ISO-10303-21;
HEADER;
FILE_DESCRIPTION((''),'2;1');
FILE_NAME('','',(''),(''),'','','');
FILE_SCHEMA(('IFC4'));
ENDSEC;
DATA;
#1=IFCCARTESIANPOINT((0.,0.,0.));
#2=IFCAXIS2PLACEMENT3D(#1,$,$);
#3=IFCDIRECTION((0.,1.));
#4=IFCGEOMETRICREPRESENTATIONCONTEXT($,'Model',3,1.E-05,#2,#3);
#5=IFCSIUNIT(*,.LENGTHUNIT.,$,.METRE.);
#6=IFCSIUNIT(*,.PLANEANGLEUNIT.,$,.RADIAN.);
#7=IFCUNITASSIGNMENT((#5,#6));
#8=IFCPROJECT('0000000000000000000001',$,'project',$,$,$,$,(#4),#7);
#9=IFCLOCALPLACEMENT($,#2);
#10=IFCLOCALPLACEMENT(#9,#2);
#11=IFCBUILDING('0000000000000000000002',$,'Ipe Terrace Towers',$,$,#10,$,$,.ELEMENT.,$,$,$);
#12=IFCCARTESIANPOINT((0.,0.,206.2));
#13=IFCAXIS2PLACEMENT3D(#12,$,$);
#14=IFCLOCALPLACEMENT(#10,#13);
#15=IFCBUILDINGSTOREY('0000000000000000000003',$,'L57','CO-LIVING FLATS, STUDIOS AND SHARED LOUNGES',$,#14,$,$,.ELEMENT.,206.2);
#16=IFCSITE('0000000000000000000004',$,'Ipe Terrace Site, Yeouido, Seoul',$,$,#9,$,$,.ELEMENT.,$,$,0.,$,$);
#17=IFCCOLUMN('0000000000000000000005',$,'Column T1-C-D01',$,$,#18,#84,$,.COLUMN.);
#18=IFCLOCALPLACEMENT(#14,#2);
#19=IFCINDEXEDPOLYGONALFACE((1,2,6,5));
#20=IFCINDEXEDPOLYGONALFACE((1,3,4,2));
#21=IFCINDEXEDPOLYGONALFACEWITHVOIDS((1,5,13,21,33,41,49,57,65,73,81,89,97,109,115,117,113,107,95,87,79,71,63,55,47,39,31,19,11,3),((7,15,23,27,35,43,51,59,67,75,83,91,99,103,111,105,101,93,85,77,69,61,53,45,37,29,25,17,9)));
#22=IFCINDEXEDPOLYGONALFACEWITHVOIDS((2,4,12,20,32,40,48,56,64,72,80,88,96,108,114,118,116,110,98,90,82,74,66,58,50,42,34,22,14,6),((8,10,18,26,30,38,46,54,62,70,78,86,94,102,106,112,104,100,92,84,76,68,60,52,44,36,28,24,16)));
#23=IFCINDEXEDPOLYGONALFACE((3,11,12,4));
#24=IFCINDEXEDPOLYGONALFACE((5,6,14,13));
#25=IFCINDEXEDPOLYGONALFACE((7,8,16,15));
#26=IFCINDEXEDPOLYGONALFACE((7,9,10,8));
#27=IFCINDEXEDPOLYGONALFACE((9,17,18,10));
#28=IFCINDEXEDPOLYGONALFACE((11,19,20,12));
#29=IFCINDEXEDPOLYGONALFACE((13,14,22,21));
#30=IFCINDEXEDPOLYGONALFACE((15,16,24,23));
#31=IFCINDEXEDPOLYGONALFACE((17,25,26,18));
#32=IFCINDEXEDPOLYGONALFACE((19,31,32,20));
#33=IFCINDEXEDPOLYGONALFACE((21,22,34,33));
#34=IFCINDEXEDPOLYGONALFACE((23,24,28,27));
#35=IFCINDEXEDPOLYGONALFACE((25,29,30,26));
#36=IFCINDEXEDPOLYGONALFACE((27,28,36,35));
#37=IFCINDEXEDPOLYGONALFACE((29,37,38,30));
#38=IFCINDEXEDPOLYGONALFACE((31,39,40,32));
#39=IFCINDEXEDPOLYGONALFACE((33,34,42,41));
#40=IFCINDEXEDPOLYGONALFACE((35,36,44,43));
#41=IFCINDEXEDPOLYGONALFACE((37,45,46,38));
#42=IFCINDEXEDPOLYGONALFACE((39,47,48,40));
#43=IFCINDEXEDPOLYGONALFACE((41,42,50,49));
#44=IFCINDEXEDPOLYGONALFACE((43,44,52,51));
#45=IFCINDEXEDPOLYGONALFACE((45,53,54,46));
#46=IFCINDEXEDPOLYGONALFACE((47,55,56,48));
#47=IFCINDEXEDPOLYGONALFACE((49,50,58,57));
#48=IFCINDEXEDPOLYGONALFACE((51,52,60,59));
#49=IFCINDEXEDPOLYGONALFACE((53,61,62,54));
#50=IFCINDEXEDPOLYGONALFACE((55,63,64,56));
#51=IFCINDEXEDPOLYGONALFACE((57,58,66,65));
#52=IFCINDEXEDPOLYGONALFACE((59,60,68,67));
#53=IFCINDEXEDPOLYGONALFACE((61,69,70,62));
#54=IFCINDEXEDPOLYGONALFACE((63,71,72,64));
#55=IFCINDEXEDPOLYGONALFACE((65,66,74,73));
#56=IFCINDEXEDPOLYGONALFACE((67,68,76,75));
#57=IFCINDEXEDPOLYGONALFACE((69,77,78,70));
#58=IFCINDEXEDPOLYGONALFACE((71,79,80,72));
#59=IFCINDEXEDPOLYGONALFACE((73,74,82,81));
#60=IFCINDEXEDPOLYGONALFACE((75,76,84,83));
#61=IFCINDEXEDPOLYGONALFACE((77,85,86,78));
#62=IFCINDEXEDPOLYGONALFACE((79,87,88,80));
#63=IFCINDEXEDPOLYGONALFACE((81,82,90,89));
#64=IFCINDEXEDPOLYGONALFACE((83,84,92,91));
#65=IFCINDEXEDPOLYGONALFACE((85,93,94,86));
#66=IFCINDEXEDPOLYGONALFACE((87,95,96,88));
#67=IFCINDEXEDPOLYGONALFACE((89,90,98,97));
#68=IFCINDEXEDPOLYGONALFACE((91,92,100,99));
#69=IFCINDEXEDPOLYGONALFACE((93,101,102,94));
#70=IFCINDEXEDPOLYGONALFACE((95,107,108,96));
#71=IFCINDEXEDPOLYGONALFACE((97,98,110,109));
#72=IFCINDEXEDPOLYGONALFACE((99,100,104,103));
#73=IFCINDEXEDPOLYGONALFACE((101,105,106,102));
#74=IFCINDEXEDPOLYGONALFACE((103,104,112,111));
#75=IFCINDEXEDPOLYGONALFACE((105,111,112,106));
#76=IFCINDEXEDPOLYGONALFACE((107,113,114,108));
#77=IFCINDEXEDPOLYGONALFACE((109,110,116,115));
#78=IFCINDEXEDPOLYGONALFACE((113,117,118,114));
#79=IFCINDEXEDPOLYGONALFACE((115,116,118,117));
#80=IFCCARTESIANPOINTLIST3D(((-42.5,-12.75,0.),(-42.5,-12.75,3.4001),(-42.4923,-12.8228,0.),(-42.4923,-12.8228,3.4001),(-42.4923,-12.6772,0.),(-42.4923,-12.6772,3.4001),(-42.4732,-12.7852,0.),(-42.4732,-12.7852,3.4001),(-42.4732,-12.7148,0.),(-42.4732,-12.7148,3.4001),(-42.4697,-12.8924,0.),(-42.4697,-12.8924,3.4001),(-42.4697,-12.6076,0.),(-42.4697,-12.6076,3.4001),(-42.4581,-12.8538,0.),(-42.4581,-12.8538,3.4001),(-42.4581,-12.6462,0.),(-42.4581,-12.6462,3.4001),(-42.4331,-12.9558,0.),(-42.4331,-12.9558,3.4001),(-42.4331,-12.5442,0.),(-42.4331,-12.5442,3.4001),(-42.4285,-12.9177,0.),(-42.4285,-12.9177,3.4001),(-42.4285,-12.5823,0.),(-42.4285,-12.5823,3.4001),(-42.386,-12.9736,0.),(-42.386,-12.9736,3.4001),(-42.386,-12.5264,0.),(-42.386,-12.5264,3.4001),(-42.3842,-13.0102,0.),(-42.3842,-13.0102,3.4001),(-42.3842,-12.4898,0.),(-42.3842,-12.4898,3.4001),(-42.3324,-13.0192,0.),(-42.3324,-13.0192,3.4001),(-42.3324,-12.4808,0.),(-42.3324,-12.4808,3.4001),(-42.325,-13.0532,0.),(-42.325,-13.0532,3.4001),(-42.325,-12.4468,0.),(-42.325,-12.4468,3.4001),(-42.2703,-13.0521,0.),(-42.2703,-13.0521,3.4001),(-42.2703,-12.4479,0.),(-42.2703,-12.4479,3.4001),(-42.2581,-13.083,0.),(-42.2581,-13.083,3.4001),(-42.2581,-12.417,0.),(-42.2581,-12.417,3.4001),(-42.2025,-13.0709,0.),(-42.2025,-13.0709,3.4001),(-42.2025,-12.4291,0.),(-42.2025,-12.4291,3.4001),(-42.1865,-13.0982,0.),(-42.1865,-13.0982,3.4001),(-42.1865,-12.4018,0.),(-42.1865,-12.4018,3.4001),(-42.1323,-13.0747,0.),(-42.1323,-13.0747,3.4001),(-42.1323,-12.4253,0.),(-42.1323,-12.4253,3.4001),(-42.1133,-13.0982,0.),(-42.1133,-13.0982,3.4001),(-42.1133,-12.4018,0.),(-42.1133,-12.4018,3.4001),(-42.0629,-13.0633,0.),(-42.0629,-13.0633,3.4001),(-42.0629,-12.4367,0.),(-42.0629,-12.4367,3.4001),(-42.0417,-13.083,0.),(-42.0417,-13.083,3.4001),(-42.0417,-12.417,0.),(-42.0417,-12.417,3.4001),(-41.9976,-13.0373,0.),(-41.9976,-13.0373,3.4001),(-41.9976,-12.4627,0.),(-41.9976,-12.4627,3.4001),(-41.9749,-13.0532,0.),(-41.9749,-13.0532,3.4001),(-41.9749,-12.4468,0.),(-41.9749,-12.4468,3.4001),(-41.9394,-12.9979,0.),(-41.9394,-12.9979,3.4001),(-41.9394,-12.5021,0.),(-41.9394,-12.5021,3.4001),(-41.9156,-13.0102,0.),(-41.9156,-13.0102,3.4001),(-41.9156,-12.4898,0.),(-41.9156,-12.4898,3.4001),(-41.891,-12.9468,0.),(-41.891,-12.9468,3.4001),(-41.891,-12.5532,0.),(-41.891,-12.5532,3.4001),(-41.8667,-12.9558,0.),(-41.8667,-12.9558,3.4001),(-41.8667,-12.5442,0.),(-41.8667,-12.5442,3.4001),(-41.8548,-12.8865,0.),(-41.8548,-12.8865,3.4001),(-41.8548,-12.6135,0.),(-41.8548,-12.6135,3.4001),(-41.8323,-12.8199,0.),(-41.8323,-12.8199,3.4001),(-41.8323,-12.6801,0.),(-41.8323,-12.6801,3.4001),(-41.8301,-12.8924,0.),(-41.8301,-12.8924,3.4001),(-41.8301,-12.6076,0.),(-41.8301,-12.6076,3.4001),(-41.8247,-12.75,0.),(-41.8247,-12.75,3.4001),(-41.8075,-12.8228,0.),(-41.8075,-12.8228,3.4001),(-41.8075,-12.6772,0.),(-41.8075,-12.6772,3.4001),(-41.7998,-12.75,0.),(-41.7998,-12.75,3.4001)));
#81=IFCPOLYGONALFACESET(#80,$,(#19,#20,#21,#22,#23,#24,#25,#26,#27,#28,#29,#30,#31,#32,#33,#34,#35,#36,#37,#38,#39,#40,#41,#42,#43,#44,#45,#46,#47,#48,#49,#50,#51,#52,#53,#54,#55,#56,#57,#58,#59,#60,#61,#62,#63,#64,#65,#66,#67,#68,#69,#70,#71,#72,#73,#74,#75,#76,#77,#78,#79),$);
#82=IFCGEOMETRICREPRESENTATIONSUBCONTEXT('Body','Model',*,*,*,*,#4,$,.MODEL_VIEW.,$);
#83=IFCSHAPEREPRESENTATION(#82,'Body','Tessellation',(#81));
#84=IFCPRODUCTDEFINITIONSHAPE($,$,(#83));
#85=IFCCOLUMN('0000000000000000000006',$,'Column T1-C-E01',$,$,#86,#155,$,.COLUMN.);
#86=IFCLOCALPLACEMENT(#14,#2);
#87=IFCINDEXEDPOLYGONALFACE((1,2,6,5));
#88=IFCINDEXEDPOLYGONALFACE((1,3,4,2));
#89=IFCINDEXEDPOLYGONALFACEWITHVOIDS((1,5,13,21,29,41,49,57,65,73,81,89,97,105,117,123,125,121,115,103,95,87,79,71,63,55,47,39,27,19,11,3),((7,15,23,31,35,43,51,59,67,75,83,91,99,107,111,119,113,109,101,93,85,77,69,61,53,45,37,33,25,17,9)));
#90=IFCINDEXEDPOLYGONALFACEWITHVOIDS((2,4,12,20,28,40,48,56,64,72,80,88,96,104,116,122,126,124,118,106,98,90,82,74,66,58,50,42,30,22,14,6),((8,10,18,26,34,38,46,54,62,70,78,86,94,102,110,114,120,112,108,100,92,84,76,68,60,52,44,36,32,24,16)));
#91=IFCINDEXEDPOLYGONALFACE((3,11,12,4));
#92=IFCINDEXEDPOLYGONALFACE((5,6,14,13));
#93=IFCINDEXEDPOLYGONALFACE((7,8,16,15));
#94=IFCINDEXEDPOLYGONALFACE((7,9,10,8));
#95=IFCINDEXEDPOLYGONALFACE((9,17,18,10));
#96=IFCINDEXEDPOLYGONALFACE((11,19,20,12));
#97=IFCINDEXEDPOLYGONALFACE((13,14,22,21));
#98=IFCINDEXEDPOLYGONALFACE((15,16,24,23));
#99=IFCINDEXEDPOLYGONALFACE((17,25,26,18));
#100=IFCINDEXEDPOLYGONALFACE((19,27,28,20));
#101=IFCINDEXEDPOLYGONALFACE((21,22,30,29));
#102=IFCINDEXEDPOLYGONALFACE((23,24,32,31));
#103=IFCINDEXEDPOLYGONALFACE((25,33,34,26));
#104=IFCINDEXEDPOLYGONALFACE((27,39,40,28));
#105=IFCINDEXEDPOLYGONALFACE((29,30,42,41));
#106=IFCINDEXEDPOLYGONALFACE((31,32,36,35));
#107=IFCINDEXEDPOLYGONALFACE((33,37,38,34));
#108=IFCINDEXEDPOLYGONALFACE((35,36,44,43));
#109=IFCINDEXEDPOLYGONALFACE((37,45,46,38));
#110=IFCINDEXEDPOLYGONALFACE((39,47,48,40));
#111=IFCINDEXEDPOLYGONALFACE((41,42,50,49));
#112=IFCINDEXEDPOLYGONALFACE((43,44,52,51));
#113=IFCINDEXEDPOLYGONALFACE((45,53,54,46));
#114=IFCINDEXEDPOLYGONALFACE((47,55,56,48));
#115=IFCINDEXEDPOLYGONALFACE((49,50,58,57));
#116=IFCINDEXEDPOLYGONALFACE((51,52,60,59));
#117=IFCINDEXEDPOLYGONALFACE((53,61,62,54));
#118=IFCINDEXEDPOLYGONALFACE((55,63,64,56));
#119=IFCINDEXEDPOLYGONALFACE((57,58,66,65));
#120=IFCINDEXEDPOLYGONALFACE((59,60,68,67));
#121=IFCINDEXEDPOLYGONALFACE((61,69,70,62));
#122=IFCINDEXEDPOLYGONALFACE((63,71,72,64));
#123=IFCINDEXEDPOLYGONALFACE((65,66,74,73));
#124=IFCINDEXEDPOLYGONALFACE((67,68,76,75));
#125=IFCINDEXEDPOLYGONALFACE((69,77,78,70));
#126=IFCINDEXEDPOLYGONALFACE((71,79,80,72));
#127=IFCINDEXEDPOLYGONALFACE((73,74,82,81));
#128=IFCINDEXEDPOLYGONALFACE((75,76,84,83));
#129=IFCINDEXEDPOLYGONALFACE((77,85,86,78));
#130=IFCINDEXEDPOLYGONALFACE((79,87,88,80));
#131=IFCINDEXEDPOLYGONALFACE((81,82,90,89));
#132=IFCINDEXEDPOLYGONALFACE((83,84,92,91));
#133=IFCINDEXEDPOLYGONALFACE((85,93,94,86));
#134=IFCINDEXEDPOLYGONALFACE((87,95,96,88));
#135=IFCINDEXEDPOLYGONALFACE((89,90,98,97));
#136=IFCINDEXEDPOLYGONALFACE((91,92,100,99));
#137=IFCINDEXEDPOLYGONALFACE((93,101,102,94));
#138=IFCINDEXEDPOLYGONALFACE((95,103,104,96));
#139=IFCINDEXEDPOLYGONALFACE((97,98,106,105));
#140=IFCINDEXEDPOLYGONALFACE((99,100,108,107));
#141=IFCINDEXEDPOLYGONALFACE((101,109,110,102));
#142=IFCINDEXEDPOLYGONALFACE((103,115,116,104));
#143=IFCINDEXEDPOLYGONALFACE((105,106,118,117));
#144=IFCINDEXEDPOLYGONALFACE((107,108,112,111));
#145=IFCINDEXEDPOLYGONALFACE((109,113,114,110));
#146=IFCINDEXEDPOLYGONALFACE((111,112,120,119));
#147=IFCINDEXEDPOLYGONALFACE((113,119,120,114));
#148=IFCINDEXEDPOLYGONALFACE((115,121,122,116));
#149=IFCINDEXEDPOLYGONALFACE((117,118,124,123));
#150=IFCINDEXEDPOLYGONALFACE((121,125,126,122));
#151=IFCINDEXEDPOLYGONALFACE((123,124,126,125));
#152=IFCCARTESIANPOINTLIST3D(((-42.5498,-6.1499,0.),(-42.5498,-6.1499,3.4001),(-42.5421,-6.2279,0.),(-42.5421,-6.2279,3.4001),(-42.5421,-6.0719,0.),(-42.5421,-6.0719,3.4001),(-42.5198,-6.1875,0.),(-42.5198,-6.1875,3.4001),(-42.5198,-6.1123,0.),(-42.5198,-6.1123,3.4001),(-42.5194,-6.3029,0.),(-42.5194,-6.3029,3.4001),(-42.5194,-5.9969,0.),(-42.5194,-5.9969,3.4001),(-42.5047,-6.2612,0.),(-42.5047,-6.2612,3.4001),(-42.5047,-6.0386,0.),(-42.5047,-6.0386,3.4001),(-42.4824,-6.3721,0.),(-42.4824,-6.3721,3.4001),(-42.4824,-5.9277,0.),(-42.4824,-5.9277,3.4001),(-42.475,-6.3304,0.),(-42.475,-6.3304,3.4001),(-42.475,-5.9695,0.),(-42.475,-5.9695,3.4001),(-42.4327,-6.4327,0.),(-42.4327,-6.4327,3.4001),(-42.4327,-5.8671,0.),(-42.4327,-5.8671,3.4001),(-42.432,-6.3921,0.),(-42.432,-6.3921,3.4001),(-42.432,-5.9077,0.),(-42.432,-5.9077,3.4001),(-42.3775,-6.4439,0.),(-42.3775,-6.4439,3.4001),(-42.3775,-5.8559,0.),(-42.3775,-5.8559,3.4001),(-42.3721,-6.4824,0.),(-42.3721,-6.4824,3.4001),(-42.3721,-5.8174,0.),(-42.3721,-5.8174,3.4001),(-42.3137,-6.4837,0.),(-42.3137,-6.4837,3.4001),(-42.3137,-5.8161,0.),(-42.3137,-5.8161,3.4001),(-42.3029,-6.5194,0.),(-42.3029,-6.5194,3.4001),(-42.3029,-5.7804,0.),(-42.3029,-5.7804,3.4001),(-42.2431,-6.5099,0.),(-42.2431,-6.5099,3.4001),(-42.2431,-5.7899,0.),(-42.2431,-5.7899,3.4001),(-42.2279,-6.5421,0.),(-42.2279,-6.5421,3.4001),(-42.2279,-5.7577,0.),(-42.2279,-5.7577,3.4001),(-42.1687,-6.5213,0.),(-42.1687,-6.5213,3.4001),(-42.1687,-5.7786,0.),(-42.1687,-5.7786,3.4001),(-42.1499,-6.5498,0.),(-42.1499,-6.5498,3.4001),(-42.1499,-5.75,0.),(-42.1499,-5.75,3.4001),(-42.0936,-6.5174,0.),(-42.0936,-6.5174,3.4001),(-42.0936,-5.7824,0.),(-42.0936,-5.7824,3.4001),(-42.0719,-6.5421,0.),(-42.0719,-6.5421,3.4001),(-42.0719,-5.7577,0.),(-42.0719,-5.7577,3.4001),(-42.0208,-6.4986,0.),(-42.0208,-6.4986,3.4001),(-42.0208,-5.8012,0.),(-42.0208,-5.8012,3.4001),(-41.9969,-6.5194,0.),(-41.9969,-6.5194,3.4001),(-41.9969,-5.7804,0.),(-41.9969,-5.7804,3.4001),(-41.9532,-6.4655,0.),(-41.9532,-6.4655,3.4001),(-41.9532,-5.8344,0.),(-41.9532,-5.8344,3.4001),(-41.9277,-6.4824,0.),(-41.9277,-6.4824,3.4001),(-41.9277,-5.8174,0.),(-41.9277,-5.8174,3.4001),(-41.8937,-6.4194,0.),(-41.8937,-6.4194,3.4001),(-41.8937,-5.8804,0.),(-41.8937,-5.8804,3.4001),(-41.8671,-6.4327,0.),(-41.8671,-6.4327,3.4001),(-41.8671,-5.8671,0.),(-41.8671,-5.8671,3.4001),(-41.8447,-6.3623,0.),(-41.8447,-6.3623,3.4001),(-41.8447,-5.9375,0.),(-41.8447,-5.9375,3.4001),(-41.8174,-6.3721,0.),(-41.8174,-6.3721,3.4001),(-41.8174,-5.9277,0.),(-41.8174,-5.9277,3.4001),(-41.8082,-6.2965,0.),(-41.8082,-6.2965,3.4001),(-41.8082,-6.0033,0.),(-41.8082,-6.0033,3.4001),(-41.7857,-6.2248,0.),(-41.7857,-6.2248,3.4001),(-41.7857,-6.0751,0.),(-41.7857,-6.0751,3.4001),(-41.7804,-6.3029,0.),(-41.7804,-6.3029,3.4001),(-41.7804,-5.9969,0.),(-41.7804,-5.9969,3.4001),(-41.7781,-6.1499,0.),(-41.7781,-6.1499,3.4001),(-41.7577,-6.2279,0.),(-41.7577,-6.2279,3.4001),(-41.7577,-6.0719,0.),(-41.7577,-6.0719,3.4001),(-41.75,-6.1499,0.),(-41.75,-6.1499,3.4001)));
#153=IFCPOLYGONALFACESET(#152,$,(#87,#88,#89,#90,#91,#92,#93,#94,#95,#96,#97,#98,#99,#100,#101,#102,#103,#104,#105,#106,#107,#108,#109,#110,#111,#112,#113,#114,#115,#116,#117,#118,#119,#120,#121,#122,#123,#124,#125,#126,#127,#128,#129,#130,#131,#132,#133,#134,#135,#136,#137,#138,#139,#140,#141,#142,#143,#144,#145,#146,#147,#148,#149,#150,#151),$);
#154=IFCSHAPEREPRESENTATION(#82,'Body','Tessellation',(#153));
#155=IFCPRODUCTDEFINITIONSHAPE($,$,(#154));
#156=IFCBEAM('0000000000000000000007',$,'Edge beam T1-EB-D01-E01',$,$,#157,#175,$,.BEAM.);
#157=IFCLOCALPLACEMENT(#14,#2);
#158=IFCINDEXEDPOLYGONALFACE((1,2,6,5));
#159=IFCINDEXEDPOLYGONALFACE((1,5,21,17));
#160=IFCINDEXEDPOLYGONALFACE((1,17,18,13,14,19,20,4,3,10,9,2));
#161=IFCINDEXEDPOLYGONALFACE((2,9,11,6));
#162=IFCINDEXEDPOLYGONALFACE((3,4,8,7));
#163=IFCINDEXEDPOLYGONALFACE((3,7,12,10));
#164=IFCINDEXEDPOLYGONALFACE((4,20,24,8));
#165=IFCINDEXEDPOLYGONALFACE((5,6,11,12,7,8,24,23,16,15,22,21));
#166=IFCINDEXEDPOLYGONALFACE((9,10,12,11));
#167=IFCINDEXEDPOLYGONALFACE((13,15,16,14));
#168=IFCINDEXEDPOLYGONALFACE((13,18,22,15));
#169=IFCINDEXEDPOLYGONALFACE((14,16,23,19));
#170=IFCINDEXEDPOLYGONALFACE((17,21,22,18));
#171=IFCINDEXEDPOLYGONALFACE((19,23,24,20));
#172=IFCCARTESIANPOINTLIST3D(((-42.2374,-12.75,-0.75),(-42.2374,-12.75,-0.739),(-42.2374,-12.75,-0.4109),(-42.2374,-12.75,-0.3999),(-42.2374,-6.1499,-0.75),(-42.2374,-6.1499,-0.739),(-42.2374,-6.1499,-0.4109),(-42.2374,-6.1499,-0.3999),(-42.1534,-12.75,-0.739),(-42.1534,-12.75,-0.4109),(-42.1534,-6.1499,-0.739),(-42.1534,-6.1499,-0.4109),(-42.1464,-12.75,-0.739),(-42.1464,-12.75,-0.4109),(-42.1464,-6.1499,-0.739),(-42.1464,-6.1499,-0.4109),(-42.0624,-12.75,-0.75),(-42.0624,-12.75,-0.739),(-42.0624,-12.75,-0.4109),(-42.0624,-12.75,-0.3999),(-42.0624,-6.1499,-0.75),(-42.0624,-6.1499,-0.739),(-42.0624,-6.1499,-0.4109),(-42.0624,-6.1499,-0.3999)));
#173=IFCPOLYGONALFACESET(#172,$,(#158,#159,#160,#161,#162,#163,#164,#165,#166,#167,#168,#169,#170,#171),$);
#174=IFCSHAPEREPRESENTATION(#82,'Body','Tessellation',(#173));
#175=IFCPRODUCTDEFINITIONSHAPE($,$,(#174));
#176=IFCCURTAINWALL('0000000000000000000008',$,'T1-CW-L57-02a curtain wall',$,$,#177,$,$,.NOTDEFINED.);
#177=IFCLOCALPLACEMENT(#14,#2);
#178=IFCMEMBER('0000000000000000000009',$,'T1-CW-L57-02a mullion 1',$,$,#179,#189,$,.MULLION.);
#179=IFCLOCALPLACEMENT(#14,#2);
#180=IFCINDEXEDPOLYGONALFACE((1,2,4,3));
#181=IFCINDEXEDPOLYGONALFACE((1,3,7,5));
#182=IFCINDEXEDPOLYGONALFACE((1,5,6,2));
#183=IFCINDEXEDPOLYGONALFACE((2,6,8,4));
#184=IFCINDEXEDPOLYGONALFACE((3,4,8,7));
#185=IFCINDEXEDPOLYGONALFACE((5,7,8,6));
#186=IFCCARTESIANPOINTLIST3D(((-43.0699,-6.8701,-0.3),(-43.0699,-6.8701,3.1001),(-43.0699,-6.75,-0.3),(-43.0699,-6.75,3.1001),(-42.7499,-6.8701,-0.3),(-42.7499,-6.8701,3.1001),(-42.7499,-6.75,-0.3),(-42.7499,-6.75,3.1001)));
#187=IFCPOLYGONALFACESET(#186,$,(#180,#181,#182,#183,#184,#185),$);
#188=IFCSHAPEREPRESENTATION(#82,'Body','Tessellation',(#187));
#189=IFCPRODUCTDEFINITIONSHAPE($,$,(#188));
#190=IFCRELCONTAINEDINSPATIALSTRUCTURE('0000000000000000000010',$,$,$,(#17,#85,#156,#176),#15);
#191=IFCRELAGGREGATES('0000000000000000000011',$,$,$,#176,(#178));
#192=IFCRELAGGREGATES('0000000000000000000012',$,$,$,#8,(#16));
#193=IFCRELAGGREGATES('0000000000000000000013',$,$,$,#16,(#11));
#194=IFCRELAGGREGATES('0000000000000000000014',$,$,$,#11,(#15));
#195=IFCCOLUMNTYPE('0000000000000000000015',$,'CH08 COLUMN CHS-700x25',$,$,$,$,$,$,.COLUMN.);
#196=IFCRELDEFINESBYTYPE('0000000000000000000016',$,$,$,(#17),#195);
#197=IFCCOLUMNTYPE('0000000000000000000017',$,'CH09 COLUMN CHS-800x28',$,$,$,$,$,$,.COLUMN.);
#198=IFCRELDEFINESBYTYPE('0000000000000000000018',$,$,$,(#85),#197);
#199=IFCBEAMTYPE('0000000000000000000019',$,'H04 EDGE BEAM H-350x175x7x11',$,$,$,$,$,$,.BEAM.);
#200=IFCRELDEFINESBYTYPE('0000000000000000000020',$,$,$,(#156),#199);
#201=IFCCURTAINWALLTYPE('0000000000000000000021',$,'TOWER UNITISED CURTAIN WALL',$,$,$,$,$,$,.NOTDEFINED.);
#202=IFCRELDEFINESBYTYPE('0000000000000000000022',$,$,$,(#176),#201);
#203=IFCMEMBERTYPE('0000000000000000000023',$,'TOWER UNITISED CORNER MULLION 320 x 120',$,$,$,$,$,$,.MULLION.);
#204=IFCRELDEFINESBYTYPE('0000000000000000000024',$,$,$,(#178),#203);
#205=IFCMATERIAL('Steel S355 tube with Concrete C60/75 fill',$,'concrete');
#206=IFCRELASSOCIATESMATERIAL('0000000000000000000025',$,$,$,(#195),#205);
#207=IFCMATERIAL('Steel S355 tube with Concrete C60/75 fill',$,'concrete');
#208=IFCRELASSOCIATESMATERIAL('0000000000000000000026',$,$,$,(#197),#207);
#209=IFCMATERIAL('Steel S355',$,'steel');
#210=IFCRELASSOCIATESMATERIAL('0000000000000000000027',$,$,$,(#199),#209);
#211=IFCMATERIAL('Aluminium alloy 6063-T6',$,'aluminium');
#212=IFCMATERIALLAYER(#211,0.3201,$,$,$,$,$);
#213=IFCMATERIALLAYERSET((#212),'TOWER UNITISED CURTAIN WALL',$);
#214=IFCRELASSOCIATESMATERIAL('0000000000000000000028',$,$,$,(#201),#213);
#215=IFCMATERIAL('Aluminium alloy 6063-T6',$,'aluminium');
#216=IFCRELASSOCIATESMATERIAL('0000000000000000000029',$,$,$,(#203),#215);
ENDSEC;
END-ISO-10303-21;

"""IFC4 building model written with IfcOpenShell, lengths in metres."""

from ifc_helpers import new_model, si_unit, direction, frame, origin, origin_2d, place, context, subcontext, project, spatial, rectangle, hollow_circle, i_section, extrude, material, layer, layer_set, material_profile, profile_set, type_object, element, aggregate, save


model = new_model("IFC4")

# Units and contexts
model_context = context("Model", 3, precision=1e-05, world=origin(), true_north=direction((0.0, 1.0)))
body_context = subcontext(model_context, "Body", "Model", "MODEL_VIEW")
ifc_project = project(units=[si_unit("LENGTHUNIT", "METRE"), si_unit("PLANEANGLEUNIT", "RADIAN")], contexts=[model_context])

# Site, building, storey
site_placement = place(None, origin())
site = spatial("IfcSite", under=ifc_project, at=site_placement, Name="Ipe Terrace Site, Yeouido, Seoul", CompositionType="ELEMENT", RefElevation=0.0)
building_placement = place(site_placement, origin())
building = spatial("IfcBuilding", under=site, at=building_placement, Name="Ipe Terrace Towers", CompositionType="ELEMENT")
storey_placement = place(building_placement, frame((0.0, 0.0, 206.2)))
storey = spatial("IfcBuildingStorey", under=building, at=storey_placement, Name="L57", Description="CO-LIVING FLATS, STUDIOS AND SHARED LOUNGES", CompositionType="ELEMENT", Elevation=206.2)

# Columns
ifc_material_1 = material(Name="Steel S355 tube with Concrete C60/75 fill", Category="concrete")
ifc_material_profile_1 = material_profile(ifc_material_1, hollow_circle(Radius=0.3501, WallThickness=0.0249, at=origin_2d()), Name="CHS-700x25")
ifc_profile_set_1 = profile_set([ifc_material_profile_1], Name="Steel S355 tube with Concrete C60/75 fill")
column_type_1 = type_object("IfcColumnType", Name="CH08 COLUMN CHS-700x25", PredefinedType="COLUMN", material=ifc_profile_set_1)
column_1_placement = place(storey_placement, frame((-42.1499, -12.75, 0.0), z_axis=(0.0, 0.0, 1.0), x_axis=(1.0, 0.0, 0.0)))
element("IfcColumn", 1, at=column_1_placement, inside=storey, type_object=column_type_1, Name="Column T1-C-D01", PredefinedType="COLUMN", context=body_context, shape_type="SweptSolid", body=[
    extrude(hollow_circle(Radius=0.3501, WallThickness=0.0249, at=origin_2d()), origin(), (0.0, 0.0, 1.0), 3.4001),
])
ifc_material_2 = material(Name="Steel S355 tube with Concrete C60/75 fill", Category="concrete")
ifc_material_profile_2 = material_profile(ifc_material_2, hollow_circle(Radius=0.3999, WallThickness=0.0281, at=origin_2d()), Name="CHS-800x28")
ifc_profile_set_2 = profile_set([ifc_material_profile_2], Name="Steel S355 tube with Concrete C60/75 fill")
column_type_2 = type_object("IfcColumnType", Name="CH09 COLUMN CHS-800x28", PredefinedType="COLUMN", material=ifc_profile_set_2)
column_2_placement = place(storey_placement, frame((-42.1499, -6.1499, 0.0), z_axis=(0.0, 0.0, 1.0), x_axis=(1.0, 0.0, 0.0)))
element("IfcColumn", 2, at=column_2_placement, inside=storey, type_object=column_type_2, Name="Column T1-C-E01", PredefinedType="COLUMN", context=body_context, shape_type="SweptSolid", body=[
    extrude(hollow_circle(Radius=0.3999, WallThickness=0.0281, at=origin_2d()), origin(), (0.0, 0.0, 1.0), 3.4001),
])

# Beam
ifc_material_3 = material(Name="Steel S355", Category="steel")
ifc_material_profile_3 = material_profile(ifc_material_3, i_section(OverallWidth=0.175, OverallDepth=0.3501, WebThickness=0.0071, FlangeThickness=0.011, at=origin_2d()), Name="H-350x175x7x11")
ifc_profile_set_3 = profile_set([ifc_material_profile_3], Name="Steel S355")
beam_type = type_object("IfcBeamType", Name="H04 EDGE BEAM H-350x175x7x11", PredefinedType="BEAM", material=ifc_profile_set_3)
beam_placement = place(storey_placement, frame((-42.1499, -12.75, -0.575), z_axis=(0.0, 1.0, 0.0), x_axis=(-1.0, 0.0, 0.0)))
element("IfcBeam", 3, at=beam_placement, inside=storey, type_object=beam_type, Name="Edge beam T1-EB-D01-E01", PredefinedType="BEAM", context=body_context, shape_type="SweptSolid", body=[
    extrude(i_section(OverallWidth=0.175, OverallDepth=0.3501, WebThickness=0.0071, FlangeThickness=0.011, at=origin_2d()), origin(), (0.0, 0.0, 1.0), 6.6001),
])

# Curtain wall, member
ifc_material_4 = material(Name="Aluminium alloy 6063-T6", Category="aluminium")
ifc_layer_1 = layer(ifc_material_4, 0.3201)
ifc_layer_set_1 = layer_set([ifc_layer_1], Name="TOWER UNITISED CURTAIN WALL")
curtain_wall_type = type_object("IfcCurtainWallType", Name="TOWER UNITISED CURTAIN WALL", PredefinedType="NOTDEFINED", material=ifc_layer_set_1)
curtain_wall_placement = place(storey_placement, origin())
curtain_wall = element("IfcCurtainWall", 4, at=curtain_wall_placement, inside=storey, type_object=curtain_wall_type, Name="T1-CW-L57-02a curtain wall", PredefinedType="NOTDEFINED")
ifc_material_5 = material(Name="Aluminium alloy 6063-T6", Category="aluminium")
ifc_material_profile_4 = material_profile(ifc_material_5, rectangle(XDim=0.3201, YDim=0.1201, at=origin_2d()), Name="TOWER UNITISED CORNER MULLION 320 x 120")
ifc_profile_set_4 = profile_set([ifc_material_profile_4], Name="Aluminium alloy 6063-T6")
member_type = type_object("IfcMemberType", Name="TOWER UNITISED CORNER MULLION 320 x 120", PredefinedType="MULLION", material=ifc_profile_set_4)
member_1_placement = place(storey_placement, frame((-42.9099, -6.8101, -0.3), z_axis=(0.0, 0.0, 1.0), x_axis=(-1.0, 0.0, 0.0)))
member_1 = element("IfcMember", 5, at=member_1_placement, type_object=member_type, Name="T1-CW-L57-02a mullion 1", PredefinedType="MULLION", context=body_context, shape_type="SweptSolid", body=[
    extrude(rectangle(XDim=0.3201, YDim=0.1201, at=origin_2d()), origin(), (0.0, 0.0, 1.0), 3.4001),
])
aggregate(curtain_wall, [member_1])

save(model, "model.ifc")
